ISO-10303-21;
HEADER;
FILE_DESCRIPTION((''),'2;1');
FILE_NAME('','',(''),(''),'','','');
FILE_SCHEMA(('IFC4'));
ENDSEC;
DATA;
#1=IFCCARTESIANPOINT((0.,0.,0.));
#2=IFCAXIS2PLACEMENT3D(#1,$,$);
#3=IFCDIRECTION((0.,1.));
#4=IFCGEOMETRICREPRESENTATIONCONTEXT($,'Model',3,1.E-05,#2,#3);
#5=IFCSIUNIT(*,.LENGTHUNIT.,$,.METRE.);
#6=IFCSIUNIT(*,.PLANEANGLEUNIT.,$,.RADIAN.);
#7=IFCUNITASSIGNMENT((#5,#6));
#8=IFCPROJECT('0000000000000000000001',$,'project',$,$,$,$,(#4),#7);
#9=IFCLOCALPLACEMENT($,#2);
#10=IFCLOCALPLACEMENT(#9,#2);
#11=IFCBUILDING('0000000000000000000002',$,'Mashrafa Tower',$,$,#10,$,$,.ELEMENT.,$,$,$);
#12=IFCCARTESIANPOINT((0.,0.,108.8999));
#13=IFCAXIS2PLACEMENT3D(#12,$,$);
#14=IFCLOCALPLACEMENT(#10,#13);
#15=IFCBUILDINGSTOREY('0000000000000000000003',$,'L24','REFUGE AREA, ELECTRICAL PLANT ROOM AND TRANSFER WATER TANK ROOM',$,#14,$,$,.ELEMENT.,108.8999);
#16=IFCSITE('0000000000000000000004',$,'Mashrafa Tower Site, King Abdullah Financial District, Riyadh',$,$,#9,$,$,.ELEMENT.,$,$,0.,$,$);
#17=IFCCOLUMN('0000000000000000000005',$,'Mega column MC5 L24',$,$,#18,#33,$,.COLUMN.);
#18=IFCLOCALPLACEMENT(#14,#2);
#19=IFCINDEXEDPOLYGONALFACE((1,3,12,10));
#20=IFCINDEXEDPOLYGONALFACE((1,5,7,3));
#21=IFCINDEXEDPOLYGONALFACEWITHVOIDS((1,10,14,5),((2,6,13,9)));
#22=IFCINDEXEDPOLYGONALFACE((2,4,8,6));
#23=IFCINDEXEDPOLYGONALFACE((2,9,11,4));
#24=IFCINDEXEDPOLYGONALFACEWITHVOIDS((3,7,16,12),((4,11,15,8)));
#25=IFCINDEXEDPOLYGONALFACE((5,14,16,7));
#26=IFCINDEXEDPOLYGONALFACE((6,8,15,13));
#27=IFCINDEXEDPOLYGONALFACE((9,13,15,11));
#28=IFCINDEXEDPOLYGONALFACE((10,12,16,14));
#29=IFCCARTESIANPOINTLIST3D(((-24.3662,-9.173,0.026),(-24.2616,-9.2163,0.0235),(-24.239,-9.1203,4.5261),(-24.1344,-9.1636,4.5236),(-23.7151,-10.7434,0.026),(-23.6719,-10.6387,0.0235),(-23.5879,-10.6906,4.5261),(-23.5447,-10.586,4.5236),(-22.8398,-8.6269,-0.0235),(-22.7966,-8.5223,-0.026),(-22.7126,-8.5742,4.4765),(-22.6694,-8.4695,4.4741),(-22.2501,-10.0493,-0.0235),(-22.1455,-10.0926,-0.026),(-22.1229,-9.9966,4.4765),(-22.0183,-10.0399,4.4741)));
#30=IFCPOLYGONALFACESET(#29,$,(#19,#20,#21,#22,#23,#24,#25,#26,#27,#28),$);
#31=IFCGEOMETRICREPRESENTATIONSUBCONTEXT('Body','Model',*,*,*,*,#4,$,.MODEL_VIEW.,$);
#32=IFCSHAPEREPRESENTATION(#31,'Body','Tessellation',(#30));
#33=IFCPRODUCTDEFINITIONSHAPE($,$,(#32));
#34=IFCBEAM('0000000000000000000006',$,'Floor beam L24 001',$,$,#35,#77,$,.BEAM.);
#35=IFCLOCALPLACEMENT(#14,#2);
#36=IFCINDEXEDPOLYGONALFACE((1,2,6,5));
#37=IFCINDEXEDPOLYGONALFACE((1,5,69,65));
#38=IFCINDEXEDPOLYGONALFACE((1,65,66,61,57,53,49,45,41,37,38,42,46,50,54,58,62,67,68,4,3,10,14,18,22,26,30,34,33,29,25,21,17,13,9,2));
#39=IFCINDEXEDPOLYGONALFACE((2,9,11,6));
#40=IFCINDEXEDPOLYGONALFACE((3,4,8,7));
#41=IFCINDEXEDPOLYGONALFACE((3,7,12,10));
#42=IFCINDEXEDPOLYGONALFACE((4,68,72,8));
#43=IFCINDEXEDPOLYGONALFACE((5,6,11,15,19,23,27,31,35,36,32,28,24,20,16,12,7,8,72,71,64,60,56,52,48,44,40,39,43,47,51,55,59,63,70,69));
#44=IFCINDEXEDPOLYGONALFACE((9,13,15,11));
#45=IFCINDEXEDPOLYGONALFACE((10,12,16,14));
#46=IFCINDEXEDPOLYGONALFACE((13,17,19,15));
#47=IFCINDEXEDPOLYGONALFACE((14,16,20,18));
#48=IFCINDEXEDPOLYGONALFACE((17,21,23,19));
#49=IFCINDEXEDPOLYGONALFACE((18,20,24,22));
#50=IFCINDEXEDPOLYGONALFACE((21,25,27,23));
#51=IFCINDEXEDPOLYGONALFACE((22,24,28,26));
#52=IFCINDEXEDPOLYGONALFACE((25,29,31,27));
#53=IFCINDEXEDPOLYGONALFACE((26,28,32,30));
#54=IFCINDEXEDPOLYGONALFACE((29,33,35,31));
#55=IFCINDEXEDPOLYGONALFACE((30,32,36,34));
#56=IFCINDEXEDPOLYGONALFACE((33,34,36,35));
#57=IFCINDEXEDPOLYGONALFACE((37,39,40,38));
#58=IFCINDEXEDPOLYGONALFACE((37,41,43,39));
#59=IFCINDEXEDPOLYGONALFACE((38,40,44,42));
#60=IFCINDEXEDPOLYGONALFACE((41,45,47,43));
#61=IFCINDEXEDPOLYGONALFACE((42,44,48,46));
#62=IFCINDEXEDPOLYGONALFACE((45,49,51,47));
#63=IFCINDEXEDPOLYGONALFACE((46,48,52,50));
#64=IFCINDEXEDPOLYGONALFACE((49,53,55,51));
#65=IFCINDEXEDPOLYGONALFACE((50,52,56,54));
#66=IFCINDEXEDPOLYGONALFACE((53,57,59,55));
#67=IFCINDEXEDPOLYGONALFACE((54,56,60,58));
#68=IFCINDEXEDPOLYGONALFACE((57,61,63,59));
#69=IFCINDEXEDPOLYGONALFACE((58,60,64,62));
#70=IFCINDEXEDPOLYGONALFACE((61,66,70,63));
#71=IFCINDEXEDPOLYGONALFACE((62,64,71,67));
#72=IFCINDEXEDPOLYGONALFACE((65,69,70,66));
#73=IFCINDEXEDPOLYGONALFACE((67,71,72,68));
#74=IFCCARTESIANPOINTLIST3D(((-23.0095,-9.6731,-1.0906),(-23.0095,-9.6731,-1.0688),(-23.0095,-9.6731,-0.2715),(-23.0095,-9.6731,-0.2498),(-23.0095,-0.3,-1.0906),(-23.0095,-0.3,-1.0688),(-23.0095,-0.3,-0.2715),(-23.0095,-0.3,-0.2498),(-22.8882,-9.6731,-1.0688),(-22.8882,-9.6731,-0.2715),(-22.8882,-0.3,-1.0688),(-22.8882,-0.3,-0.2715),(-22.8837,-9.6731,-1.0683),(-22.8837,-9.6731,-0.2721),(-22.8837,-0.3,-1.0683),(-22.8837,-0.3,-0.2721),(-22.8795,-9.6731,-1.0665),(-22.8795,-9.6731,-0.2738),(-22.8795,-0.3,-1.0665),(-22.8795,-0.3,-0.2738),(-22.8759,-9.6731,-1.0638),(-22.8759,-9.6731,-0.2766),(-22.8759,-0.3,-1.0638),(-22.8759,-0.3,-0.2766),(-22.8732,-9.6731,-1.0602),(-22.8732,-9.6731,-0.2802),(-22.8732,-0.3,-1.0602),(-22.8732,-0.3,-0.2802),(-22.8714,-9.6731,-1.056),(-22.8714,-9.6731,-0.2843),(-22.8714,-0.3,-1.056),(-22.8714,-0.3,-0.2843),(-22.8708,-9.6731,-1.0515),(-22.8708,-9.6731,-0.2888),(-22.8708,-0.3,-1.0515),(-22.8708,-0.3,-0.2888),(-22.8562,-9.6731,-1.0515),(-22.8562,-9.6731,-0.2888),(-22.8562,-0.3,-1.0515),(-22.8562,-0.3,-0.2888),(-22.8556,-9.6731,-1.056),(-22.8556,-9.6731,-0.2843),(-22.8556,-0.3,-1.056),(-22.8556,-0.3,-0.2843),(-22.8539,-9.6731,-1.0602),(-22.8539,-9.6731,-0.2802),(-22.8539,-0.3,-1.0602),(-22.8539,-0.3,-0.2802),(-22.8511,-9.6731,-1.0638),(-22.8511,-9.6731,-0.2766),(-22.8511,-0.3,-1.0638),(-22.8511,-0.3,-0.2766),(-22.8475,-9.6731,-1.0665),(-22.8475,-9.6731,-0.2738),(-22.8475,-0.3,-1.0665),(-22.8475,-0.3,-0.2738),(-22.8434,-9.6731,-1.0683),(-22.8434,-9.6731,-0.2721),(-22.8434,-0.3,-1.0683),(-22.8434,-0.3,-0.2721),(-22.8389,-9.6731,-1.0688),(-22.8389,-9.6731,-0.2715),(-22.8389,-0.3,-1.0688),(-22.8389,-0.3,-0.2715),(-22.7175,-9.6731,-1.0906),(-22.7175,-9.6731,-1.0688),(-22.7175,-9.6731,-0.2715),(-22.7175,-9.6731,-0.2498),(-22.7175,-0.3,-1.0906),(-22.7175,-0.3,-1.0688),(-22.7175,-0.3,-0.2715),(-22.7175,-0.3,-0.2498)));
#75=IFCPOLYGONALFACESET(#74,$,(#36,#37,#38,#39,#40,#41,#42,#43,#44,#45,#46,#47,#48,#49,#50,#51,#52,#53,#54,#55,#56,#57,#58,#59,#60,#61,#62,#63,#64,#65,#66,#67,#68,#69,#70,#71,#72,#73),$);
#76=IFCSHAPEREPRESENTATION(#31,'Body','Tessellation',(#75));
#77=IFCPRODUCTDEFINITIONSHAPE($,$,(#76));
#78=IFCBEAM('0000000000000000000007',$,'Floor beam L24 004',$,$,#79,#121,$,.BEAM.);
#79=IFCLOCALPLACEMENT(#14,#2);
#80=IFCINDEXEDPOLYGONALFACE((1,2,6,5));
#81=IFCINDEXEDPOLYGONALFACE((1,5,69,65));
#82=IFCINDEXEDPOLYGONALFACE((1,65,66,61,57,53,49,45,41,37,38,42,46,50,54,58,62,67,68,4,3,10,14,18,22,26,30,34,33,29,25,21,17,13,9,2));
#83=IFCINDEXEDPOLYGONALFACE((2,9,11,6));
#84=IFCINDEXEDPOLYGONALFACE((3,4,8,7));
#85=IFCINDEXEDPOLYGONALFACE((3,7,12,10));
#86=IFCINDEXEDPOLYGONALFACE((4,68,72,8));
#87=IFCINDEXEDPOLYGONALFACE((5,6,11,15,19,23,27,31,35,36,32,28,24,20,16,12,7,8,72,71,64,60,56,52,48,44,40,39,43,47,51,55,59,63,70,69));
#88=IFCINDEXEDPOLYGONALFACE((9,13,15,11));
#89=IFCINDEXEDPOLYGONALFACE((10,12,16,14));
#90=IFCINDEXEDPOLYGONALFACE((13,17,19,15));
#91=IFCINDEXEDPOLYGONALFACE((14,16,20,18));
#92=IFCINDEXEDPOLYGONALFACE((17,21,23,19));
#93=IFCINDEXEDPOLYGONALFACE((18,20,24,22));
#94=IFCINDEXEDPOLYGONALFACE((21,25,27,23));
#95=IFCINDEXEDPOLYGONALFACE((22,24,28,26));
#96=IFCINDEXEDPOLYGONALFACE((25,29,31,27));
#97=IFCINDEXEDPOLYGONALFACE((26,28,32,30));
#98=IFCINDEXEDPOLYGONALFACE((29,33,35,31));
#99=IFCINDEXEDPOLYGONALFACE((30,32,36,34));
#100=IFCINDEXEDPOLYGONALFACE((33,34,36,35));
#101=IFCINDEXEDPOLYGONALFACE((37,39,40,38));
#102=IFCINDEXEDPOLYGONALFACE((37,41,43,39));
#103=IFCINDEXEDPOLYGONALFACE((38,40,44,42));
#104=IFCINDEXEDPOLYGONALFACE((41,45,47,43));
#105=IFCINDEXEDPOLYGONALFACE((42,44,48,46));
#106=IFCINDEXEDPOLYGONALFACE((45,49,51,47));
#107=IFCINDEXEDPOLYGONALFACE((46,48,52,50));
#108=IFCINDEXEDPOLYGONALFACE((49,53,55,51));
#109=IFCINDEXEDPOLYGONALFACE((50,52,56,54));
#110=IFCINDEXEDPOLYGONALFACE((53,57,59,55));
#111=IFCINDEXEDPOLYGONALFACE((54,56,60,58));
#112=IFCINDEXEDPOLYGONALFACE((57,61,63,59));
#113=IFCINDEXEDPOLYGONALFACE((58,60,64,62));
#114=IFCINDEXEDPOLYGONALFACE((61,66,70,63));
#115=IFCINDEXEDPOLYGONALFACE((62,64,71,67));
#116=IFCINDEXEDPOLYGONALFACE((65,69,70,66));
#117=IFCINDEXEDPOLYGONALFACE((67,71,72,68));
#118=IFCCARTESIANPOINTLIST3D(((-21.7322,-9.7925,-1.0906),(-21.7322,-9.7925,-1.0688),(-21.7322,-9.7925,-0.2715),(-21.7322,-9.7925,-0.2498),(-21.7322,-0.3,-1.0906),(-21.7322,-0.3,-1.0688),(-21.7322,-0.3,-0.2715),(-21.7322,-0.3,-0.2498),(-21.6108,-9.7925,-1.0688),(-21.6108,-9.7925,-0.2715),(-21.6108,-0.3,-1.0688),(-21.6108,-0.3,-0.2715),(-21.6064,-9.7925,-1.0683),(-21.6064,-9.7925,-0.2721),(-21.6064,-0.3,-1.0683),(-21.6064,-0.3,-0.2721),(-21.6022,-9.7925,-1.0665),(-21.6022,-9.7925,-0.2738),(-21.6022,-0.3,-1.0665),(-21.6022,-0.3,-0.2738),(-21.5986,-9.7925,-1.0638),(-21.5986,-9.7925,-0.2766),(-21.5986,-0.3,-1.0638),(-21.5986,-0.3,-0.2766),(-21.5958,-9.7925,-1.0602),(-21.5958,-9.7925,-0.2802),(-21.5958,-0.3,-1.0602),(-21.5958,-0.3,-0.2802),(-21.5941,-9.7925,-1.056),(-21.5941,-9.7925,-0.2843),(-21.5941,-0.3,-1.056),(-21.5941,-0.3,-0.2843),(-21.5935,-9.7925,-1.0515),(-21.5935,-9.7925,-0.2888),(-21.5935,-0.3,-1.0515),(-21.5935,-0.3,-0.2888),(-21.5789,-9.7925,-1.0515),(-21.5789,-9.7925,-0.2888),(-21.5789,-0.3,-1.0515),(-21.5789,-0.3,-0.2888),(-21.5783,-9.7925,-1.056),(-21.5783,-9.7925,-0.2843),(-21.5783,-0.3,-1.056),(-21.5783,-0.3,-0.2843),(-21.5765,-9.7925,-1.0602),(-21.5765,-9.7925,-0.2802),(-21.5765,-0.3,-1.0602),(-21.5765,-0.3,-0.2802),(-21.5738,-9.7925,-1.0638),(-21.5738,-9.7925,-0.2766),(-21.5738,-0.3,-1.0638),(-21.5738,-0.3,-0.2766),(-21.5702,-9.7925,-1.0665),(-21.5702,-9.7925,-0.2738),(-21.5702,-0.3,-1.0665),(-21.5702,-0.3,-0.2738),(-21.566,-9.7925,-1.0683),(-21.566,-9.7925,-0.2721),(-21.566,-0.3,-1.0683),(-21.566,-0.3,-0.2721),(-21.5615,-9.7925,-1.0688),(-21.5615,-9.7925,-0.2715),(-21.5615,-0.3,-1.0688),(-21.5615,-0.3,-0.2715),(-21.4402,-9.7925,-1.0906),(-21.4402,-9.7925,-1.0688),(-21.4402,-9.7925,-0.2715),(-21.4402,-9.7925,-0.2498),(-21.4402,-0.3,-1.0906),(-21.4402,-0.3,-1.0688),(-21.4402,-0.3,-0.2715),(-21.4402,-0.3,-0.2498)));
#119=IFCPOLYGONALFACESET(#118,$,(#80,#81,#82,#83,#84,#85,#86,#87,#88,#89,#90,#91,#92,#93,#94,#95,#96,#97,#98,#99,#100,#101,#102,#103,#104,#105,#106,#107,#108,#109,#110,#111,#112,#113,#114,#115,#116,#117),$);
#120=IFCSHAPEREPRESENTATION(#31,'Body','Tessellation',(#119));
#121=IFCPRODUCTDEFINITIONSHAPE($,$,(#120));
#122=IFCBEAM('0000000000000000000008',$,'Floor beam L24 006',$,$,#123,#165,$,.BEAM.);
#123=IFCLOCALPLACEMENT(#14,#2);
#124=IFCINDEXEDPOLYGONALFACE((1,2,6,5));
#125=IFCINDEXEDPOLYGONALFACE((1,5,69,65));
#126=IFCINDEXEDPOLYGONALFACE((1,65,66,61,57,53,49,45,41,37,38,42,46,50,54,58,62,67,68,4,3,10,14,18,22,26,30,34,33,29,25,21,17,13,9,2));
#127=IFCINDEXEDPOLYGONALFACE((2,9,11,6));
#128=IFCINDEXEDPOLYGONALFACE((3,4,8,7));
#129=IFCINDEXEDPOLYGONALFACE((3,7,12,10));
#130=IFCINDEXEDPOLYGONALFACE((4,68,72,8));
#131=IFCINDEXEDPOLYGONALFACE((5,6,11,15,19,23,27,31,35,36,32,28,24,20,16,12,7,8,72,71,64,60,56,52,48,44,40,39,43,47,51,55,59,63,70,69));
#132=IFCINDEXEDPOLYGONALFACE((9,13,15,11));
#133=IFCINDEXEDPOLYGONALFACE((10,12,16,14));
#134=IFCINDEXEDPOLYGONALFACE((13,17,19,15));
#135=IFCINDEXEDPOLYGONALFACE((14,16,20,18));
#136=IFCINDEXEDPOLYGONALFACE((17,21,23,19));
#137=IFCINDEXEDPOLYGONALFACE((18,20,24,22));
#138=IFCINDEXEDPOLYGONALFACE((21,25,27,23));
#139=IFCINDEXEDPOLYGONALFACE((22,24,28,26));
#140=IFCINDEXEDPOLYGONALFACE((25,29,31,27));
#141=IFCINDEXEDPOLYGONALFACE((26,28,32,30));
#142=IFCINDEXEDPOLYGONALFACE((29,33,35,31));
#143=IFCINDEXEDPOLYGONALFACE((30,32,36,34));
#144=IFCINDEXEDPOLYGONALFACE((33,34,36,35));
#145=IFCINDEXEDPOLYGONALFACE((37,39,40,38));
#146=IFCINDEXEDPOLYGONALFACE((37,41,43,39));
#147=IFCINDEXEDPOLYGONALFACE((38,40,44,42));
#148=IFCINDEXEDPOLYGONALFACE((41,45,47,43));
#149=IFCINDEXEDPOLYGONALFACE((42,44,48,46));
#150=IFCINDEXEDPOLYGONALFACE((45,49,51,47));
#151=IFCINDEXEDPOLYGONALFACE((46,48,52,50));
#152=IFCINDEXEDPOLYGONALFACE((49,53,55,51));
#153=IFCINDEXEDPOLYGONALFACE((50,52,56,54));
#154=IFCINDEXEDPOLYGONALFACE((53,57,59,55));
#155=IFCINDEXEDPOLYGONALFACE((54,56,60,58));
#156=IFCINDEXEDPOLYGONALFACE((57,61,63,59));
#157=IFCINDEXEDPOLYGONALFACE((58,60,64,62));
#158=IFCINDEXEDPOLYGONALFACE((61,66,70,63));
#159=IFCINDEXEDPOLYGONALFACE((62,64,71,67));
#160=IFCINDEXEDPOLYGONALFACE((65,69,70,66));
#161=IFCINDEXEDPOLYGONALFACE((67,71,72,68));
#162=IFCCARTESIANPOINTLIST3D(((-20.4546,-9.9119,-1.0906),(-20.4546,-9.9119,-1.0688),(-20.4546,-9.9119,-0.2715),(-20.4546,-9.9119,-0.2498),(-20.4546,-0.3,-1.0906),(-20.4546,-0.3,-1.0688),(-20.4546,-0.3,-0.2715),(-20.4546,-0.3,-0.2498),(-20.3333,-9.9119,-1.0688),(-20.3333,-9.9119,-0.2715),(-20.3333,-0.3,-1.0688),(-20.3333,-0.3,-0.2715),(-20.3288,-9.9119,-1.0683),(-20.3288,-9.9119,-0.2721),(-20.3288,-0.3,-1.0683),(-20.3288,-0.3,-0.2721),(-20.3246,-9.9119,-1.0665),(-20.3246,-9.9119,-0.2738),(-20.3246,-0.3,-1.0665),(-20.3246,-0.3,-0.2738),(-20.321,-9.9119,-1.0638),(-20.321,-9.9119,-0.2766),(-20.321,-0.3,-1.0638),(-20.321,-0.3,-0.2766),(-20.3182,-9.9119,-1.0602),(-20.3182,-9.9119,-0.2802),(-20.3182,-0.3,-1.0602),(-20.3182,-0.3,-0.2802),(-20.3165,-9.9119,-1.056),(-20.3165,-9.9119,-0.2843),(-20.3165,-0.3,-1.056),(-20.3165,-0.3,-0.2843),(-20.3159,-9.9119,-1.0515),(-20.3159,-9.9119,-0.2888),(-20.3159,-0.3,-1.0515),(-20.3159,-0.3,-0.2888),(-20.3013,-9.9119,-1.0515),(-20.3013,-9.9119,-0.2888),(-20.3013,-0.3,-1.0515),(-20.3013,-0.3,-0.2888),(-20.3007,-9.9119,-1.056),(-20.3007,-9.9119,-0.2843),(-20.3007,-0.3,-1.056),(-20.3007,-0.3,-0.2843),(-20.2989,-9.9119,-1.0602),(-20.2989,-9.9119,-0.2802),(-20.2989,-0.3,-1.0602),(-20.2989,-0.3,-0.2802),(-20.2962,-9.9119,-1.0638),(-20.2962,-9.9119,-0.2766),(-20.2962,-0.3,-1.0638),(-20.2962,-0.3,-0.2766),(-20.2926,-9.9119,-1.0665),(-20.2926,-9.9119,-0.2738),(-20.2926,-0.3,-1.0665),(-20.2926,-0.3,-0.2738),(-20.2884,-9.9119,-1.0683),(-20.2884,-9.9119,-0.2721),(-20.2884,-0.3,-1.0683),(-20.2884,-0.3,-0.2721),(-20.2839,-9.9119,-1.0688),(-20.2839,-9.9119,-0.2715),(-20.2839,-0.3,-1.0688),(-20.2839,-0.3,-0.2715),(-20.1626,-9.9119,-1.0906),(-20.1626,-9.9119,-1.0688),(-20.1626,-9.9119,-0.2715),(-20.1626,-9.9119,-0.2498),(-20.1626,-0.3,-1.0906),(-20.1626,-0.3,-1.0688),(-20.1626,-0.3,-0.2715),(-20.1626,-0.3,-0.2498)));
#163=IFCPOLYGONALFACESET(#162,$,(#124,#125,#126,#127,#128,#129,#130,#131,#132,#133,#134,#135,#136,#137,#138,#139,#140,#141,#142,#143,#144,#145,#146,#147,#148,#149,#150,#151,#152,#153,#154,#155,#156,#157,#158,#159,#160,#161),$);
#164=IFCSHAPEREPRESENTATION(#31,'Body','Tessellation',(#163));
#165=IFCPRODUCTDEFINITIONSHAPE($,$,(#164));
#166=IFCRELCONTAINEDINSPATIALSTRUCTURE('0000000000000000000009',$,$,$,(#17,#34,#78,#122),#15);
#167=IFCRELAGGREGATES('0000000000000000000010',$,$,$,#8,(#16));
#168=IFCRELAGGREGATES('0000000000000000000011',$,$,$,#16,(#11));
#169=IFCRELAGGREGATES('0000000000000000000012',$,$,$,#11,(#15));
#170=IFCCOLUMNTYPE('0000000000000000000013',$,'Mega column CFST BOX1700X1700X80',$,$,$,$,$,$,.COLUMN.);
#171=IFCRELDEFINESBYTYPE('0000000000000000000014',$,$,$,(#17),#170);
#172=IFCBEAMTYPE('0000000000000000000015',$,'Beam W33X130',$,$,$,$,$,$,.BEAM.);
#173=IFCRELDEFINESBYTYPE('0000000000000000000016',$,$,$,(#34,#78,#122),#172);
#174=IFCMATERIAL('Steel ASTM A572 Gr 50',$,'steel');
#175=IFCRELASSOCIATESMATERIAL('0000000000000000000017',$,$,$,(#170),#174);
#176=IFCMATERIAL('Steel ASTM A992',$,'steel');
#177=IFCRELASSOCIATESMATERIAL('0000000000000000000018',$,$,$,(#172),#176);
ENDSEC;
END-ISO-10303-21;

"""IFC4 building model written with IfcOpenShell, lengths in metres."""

from ifc_helpers import new_model, si_unit, direction, frame, origin, origin_2d, place, context, subcontext, project, spatial, hollow_rectangle, i_section, extrude, material, material_profile, profile_set, type_object, element, save


model = new_model("IFC4")

# Units and contexts
model_context = context("Model", 3, precision=1e-05, world=origin(), true_north=direction((0.0, 1.0)))
body_context = subcontext(model_context, "Body", "Model", "MODEL_VIEW")
ifc_project = project(units=[si_unit("LENGTHUNIT", "METRE"), si_unit("PLANEANGLEUNIT", "RADIAN")], contexts=[model_context])

# Site, building, storey
site_placement = place(None, origin())
site = spatial("IfcSite", under=ifc_project, at=site_placement, Name="Mashrafa Tower Site, King Abdullah Financial District, Riyadh", CompositionType="ELEMENT", RefElevation=0.0)
building_placement = place(site_placement, origin())
building = spatial("IfcBuilding", under=site, at=building_placement, Name="Mashrafa Tower", CompositionType="ELEMENT")
storey_placement = place(building_placement, frame((0.0, 0.0, 108.8999)))
storey = spatial("IfcBuildingStorey", under=building, at=storey_placement, Name="L24", Description="REFUGE AREA, ELECTRICAL PLANT ROOM AND TRANSFER WATER TANK ROOM", CompositionType="ELEMENT", Elevation=108.8999)

# Column
ifc_material_1 = material(Name="Steel ASTM A572 Gr 50", Category="steel")
ifc_material_profile_1 = material_profile(ifc_material_1, hollow_rectangle(XDim=1.7, YDim=1.7, WallThickness=0.0801, at=origin_2d()), Name="BOX1700X1700X80")
ifc_profile_set_1 = profile_set([ifc_material_profile_1], Name="Steel ASTM A572 Gr 50")
column_type = type_object("IfcColumnType", Name="Mega column CFST BOX1700X1700X80", PredefinedType="COLUMN", material=ifc_profile_set_1)
column_placement = place(storey_placement, frame((-23.2559, -9.6328, 0.0), z_axis=(0.028253, 0.011713, 0.999532), x_axis=(-0.382978, 0.923757, 0.0)))
element("IfcColumn", 1, at=column_placement, inside=storey, type_object=column_type, Name="Mega column MC5 L24", PredefinedType="COLUMN", context=body_context, shape_type="SweptSolid", body=[
    extrude(hollow_rectangle(XDim=1.7, YDim=1.7, WallThickness=0.0801, at=origin_2d()), origin(), (0.0, 0.0, 1.0), 4.5022),
])

# Beams
ifc_material_2 = material(Name="Steel ASTM A992", Category="steel")
ifc_material_profile_2 = material_profile(ifc_material_2, i_section(OverallWidth=0.292, OverallDepth=0.8408, WebThickness=0.0146, FlangeThickness=0.0217, FilletRadius=0.0173, at=origin_2d()), Name="W33X130")
ifc_profile_set_2 = profile_set([ifc_material_profile_2], Name="Steel ASTM A992")
beam_type_1 = type_object("IfcBeamType", Name="Beam W33X130", PredefinedType="BEAM", material=ifc_profile_set_2)
beam_1_placement = place(storey_placement, frame((-22.8635, -9.6731, -0.6702), z_axis=(0.0, 1.0, 0.0), x_axis=(-1.0, 0.0, 0.0)))
element("IfcBeam", 2, at=beam_1_placement, inside=storey, type_object=beam_type_1, Name="Floor beam L24 001", PredefinedType="BEAM", context=body_context, shape_type="SweptSolid", body=[
    extrude(i_section(OverallWidth=0.292, OverallDepth=0.8408, WebThickness=0.0146, FlangeThickness=0.0217, FilletRadius=0.0173, at=origin_2d()), origin(), (0.0, 0.0, 1.0), 9.373),
])
beam_2_placement = place(storey_placement, frame((-21.5862, -9.7925, -0.6702), z_axis=(0.0, 1.0, 0.0), x_axis=(-1.0, 0.0, 0.0)))
element("IfcBeam", 3, at=beam_2_placement, inside=storey, type_object=beam_type_1, Name="Floor beam L24 004", PredefinedType="BEAM", context=body_context, shape_type="SweptSolid", body=[
    extrude(i_section(OverallWidth=0.292, OverallDepth=0.8408, WebThickness=0.0146, FlangeThickness=0.0217, FilletRadius=0.0173, at=origin_2d()), origin(), (0.0, 0.0, 1.0), 9.4924),
])
beam_3_placement = place(storey_placement, frame((-20.3086, -9.9119, -0.6702), z_axis=(0.0, 1.0, 0.0), x_axis=(-1.0, 0.0, 0.0)))
element("IfcBeam", 4, at=beam_3_placement, inside=storey, type_object=beam_type_1, Name="Floor beam L24 006", PredefinedType="BEAM", context=body_context, shape_type="SweptSolid", body=[
    extrude(i_section(OverallWidth=0.292, OverallDepth=0.8408, WebThickness=0.0146, FlangeThickness=0.0217, FilletRadius=0.0173, at=origin_2d()), origin(), (0.0, 0.0, 1.0), 9.6118),
])

save(model, "model.ifc")
